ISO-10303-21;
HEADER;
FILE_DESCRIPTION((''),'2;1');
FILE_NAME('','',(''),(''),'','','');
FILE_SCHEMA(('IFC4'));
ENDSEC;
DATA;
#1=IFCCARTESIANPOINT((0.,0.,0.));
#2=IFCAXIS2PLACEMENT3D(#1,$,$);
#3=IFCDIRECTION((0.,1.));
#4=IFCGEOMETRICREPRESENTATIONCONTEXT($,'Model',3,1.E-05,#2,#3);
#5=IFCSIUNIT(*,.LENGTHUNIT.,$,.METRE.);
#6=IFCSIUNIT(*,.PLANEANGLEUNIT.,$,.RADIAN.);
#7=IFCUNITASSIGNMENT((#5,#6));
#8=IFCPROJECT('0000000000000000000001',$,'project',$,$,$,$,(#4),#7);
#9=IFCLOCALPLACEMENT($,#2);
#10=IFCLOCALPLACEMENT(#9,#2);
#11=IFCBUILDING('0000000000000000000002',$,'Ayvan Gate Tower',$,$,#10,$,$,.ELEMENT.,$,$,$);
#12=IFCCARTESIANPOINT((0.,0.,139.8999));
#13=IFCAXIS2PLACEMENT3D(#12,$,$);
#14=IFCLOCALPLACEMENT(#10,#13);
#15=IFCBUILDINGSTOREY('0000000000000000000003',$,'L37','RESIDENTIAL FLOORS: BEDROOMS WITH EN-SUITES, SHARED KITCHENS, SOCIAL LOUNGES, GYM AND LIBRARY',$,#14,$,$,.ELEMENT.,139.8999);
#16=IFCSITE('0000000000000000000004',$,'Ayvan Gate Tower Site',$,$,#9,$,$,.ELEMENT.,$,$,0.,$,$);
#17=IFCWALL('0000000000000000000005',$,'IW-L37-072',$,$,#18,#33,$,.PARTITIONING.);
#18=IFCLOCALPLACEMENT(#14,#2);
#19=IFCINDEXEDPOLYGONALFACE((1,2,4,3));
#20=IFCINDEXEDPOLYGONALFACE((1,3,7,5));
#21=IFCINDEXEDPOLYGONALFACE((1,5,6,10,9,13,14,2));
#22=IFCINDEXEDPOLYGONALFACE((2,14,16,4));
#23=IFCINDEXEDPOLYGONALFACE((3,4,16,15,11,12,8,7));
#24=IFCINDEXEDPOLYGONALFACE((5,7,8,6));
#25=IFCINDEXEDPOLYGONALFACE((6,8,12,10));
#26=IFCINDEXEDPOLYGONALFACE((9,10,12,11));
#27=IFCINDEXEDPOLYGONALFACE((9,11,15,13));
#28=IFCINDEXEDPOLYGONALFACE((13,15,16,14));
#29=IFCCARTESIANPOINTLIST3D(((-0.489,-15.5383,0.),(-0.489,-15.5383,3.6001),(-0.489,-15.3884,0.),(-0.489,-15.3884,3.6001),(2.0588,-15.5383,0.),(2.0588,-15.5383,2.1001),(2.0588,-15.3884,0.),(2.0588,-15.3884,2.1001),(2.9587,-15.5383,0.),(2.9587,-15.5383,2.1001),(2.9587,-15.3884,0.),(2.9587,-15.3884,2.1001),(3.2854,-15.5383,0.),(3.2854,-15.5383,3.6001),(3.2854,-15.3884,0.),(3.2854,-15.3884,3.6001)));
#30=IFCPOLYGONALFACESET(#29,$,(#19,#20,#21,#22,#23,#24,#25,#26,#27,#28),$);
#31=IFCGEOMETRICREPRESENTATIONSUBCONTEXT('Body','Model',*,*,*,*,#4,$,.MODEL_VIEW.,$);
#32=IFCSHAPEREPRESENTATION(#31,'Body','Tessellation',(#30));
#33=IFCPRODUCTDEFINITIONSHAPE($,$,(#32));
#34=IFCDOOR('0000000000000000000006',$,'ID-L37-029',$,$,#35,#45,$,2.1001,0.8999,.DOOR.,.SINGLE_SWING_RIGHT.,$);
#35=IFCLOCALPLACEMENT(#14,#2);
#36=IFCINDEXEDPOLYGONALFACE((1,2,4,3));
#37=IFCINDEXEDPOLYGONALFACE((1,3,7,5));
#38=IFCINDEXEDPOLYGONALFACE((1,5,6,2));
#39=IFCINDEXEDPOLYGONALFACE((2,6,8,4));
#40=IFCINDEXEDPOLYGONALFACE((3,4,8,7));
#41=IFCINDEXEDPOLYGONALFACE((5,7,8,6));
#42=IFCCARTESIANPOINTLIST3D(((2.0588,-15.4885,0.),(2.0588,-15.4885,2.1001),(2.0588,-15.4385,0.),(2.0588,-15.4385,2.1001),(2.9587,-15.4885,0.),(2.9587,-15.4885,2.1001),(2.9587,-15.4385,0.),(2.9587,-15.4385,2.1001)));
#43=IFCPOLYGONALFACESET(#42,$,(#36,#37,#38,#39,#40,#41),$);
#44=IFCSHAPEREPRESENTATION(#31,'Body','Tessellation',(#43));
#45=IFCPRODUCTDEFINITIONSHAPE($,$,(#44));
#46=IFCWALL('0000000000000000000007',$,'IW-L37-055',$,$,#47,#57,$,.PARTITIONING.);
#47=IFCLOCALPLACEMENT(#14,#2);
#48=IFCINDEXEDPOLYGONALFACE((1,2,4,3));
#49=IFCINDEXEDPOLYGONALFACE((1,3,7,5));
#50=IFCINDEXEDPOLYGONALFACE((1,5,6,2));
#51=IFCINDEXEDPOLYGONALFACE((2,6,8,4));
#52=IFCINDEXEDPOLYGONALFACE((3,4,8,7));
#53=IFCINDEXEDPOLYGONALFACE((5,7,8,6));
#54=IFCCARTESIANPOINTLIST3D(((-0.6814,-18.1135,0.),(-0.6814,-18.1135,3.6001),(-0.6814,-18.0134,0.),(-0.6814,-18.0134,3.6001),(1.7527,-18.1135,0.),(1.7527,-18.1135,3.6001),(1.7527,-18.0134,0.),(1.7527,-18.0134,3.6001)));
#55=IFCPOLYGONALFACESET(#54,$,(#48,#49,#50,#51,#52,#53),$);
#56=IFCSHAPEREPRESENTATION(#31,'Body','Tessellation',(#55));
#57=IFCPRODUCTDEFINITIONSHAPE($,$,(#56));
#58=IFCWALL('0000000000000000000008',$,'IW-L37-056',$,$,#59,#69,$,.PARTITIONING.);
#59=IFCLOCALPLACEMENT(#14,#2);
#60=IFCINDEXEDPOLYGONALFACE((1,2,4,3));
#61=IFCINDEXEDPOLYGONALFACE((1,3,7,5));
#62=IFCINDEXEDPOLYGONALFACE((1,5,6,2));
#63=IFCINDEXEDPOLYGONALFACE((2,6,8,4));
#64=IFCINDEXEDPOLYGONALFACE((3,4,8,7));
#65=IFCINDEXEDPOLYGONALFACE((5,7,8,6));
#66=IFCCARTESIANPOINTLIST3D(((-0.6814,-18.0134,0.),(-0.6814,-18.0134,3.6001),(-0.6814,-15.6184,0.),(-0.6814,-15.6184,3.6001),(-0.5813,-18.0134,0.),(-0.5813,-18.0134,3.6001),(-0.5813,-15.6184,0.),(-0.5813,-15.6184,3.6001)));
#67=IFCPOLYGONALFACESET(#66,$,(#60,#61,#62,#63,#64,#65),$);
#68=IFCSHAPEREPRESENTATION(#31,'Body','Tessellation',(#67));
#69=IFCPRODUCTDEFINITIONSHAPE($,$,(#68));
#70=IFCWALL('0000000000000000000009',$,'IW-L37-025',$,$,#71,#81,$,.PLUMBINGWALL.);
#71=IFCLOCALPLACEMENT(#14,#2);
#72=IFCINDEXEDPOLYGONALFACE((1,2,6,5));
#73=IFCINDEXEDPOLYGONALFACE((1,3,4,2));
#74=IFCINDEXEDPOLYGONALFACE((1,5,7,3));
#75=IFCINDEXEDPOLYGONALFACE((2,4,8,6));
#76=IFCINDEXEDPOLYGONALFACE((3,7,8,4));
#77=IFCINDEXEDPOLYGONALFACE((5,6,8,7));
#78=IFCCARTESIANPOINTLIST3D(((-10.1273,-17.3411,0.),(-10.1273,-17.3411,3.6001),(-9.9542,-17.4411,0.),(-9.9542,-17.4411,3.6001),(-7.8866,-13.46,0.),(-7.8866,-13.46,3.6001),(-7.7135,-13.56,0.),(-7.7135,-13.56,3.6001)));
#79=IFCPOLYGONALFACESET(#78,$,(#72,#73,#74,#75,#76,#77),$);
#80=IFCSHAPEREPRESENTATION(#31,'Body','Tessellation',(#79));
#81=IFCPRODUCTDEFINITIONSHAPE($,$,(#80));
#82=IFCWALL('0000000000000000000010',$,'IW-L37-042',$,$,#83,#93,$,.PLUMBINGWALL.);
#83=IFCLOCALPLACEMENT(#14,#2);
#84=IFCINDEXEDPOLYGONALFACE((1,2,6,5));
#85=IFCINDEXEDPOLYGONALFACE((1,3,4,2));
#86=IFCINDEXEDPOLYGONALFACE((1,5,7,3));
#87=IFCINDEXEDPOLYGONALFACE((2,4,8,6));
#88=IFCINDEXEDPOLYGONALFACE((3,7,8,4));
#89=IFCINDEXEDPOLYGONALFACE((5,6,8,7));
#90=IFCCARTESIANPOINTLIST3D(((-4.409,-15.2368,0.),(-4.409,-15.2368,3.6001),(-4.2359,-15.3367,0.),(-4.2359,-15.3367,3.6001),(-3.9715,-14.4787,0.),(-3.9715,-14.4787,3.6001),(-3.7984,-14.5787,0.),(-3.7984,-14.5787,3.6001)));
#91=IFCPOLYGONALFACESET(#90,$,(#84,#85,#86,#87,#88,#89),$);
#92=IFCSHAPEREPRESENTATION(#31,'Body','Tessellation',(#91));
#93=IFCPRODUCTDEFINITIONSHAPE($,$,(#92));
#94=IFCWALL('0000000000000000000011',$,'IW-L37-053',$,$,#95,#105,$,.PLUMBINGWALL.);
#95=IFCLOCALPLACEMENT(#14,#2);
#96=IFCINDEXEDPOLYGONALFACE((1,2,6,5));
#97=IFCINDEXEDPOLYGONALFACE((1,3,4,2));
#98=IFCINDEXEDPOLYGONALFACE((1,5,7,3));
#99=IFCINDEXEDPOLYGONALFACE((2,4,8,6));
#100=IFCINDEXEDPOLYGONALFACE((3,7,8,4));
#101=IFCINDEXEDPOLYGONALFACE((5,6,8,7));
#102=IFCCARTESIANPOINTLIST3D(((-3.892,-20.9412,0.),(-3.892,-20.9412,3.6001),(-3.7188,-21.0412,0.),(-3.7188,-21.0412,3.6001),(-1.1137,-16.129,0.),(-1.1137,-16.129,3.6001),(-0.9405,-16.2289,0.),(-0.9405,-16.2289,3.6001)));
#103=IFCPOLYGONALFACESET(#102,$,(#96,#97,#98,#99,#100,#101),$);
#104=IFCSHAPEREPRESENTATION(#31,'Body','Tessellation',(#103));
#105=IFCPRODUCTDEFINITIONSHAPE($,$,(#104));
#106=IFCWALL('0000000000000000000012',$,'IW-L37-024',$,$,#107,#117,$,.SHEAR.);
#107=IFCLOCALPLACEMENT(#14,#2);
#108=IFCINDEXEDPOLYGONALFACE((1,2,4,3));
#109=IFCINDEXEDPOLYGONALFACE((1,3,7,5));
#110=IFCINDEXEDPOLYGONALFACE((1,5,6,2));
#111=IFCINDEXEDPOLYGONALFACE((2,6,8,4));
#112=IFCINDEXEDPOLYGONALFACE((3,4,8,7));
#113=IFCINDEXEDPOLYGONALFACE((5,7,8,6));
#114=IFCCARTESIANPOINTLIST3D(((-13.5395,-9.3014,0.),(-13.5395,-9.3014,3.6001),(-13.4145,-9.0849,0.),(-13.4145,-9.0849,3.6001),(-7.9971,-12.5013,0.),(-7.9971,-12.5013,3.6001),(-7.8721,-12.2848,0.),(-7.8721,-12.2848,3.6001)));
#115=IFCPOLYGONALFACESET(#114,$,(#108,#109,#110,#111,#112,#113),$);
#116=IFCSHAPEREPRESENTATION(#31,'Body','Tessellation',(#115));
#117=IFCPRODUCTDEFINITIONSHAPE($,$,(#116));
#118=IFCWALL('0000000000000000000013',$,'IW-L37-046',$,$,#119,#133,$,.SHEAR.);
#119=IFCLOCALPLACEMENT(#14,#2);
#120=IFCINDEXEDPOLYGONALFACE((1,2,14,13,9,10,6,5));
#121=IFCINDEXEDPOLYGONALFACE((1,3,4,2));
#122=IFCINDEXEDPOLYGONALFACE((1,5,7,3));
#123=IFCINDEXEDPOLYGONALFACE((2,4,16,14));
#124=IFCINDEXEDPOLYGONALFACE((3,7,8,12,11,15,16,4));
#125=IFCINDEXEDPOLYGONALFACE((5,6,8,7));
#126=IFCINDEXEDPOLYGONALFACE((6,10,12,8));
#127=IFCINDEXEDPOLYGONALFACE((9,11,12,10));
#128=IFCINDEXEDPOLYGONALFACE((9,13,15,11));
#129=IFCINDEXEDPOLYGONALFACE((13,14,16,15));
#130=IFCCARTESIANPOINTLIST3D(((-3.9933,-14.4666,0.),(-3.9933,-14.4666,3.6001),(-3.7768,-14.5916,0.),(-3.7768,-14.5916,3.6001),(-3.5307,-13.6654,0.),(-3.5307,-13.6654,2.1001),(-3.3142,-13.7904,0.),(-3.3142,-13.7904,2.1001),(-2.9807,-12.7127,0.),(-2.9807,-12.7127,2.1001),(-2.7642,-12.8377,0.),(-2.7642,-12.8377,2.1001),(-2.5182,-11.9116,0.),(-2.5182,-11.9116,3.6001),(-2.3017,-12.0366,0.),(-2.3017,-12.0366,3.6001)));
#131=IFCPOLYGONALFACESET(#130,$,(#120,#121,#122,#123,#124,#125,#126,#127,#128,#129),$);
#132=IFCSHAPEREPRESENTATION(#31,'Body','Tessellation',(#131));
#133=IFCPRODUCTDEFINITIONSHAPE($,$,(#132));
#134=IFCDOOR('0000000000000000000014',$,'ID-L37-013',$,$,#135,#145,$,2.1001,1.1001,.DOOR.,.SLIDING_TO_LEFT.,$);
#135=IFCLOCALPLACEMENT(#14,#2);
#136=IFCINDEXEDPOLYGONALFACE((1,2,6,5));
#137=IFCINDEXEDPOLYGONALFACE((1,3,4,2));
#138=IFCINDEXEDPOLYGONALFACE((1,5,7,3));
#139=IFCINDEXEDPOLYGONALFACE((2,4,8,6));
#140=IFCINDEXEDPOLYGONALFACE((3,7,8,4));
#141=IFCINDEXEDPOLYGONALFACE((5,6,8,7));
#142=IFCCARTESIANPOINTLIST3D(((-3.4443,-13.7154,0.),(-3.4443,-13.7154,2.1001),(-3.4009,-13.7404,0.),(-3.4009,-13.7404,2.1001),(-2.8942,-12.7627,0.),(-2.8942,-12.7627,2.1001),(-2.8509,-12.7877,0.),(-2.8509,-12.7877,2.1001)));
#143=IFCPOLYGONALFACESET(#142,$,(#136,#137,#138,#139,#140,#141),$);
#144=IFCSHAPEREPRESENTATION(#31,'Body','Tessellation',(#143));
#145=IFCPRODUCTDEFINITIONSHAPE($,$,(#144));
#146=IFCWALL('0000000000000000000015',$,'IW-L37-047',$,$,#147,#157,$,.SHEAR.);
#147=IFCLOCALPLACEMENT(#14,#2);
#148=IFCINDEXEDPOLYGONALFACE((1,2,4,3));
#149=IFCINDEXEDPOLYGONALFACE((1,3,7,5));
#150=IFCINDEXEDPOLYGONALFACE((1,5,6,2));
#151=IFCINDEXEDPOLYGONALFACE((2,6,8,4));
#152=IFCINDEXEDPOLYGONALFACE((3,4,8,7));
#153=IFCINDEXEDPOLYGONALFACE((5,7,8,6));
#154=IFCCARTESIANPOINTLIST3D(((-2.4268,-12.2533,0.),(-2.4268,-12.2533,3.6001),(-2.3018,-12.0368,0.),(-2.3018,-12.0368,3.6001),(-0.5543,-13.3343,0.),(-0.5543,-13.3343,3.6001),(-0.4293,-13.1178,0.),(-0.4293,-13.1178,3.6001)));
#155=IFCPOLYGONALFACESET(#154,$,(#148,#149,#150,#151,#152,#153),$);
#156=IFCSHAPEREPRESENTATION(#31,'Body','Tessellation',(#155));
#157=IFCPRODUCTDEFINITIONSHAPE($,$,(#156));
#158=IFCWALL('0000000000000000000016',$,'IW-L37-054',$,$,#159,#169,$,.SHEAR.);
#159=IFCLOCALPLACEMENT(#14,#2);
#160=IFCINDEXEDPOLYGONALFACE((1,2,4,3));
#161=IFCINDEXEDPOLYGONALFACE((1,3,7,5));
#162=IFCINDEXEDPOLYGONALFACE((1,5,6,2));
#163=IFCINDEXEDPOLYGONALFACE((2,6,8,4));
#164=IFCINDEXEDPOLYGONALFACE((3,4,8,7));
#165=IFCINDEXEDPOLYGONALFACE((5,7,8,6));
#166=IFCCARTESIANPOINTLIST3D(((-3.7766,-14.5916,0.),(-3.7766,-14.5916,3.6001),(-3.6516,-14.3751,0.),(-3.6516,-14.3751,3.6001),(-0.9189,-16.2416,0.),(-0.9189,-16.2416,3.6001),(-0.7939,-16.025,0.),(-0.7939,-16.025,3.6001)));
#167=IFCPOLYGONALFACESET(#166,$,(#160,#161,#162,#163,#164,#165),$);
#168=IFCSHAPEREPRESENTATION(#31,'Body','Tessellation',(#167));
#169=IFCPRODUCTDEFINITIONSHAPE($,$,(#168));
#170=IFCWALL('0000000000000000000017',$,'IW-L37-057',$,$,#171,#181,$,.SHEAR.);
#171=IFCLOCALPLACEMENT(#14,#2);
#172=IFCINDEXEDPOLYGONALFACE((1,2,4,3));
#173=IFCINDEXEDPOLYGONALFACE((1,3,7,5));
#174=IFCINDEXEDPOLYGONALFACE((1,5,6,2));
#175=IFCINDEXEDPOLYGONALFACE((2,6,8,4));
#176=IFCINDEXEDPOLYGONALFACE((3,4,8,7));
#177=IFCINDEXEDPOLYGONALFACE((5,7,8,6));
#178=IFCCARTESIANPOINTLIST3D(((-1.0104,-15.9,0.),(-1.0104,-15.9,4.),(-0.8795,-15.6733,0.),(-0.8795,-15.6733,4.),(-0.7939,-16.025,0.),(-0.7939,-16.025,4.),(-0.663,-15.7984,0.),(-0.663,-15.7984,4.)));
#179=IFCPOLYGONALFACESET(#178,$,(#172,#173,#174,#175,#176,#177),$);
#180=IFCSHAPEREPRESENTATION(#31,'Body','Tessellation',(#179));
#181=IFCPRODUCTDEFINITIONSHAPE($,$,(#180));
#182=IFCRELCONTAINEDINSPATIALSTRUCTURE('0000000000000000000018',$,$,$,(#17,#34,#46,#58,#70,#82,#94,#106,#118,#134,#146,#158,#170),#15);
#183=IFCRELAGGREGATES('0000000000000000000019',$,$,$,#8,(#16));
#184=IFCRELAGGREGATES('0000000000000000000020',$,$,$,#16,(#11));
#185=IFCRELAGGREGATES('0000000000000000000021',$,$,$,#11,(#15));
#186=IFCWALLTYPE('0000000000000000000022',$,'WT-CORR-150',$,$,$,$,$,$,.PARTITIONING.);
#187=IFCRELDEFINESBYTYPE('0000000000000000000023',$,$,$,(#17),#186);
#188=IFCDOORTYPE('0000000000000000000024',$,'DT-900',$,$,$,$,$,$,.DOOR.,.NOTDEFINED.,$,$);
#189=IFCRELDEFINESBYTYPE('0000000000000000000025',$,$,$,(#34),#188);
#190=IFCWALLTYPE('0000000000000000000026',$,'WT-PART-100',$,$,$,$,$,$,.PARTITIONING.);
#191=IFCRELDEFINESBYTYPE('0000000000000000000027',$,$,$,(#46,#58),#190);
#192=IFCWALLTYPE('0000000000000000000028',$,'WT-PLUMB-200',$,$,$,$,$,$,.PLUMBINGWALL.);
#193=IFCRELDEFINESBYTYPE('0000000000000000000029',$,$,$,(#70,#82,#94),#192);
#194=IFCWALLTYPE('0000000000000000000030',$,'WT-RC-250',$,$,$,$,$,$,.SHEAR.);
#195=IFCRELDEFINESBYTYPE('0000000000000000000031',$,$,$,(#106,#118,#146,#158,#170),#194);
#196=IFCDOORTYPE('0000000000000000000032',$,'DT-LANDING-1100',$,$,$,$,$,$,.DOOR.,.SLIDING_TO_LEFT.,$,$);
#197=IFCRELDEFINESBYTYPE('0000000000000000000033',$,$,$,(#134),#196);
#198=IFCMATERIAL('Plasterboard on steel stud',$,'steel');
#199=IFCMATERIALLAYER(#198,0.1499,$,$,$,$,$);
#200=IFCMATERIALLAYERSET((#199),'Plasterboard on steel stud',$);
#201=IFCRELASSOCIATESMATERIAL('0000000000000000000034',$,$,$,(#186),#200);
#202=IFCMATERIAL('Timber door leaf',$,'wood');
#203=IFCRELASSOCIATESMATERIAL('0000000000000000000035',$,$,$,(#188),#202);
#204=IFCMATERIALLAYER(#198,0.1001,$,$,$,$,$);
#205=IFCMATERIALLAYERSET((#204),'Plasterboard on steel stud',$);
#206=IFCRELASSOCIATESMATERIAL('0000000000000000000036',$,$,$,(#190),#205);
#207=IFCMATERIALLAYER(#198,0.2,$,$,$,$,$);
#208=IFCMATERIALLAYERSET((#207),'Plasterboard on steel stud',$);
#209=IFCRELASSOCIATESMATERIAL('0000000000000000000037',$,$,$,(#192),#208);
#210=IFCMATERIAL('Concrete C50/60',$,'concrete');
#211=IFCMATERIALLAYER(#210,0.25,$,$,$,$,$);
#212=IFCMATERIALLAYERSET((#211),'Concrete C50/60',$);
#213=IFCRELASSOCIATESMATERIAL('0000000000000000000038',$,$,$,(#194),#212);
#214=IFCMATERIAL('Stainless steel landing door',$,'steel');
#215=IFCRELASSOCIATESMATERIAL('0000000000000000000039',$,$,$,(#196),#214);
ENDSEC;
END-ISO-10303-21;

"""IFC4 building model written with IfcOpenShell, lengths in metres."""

from ifc_helpers import new_model, si_unit, direction, frame, frame_2d, origin, place, context, subcontext, project, spatial, rectangle, extrude, material, layer, layer_set, type_object, element, fill, save


model = new_model("IFC4")

# Units and contexts
model_context = context("Model", 3, precision=1e-05, world=origin(), true_north=direction((0.0, 1.0)))
body_context = subcontext(model_context, "Body", "Model", "MODEL_VIEW")
ifc_project = project(units=[si_unit("LENGTHUNIT", "METRE"), si_unit("PLANEANGLEUNIT", "RADIAN")], contexts=[model_context])

# Site, building, storey
site_placement = place(None, origin())
site = spatial("IfcSite", under=ifc_project, at=site_placement, Name="Ayvan Gate Tower Site", CompositionType="ELEMENT", RefElevation=0.0)
building_placement = place(site_placement, origin())
building = spatial("IfcBuilding", under=site, at=building_placement, Name="Ayvan Gate Tower", CompositionType="ELEMENT")
storey_placement = place(building_placement, frame((0.0, 0.0, 139.8999)))
storey = spatial("IfcBuildingStorey", under=building, at=storey_placement, Name="L37", Description="RESIDENTIAL FLOORS: BEDROOMS WITH EN-SUITES, SHARED KITCHENS, SOCIAL LOUNGES, GYM AND LIBRARY", CompositionType="ELEMENT", Elevation=139.8999)

# Wall, opening, door
ifc_material_1 = material(Name="Plasterboard on steel stud", Category="steel")
ifc_layer_1 = layer(ifc_material_1, 0.1499)
ifc_layer_set_1 = layer_set([ifc_layer_1], Name="Plasterboard on steel stud")
wall_type_1 = type_object("IfcWallType", Name="WT-CORR-150", PredefinedType="PARTITIONING", material=ifc_layer_set_1)
wall_1_placement = place(storey_placement, frame((-0.489, -15.4634, 0.0), z_axis=(0.0, 0.0, 1.0), x_axis=(1.0, 0.0, 0.0)))
wall_1 = element("IfcWall", 1, at=wall_1_placement, inside=storey, type_object=wall_type_1, Name="IW-L37-072", PredefinedType="PARTITIONING", context=body_context, shape_type="SweptSolid", body=[
    extrude(rectangle(XDim=3.7744, YDim=0.1499, at=frame_2d((1.8872, 0.0))), origin(), (0.0, 0.0, 1.0), 3.6001),
])
opening_1_placement = place(wall_1_placement, frame((2.5479, 0.0, 0.0)))
opening_1 = element("IfcOpeningElement", 2, at=opening_1_placement, cuts=wall_1, PredefinedType="OPENING", context=body_context, shape_type="SweptSolid", body=[
    extrude(rectangle(XDim=0.8999, YDim=2.1001, at=frame_2d((0.45, 1.05))), frame((0.0, 0.085, 0.0), z_axis=(0.0, -1.0, 0.0), x_axis=(1.0, 0.0, 0.0)), (0.0, 0.0, 1.0), 0.1699),
])
ifc_material_2 = material(Name="Timber door leaf", Category="wood")
door_type_1 = type_object("IfcDoorType", Name="DT-900", OperationType="NOTDEFINED", PredefinedType="DOOR", material=ifc_material_2)
door_1_placement = place(opening_1_placement, origin())
door_1 = element("IfcDoor", 3, at=door_1_placement, inside=storey, type_object=door_type_1, Name="ID-L37-029", OperationType="SINGLE_SWING_RIGHT", OverallHeight=2.1001, OverallWidth=0.8999, PredefinedType="DOOR", context=body_context, shape_type="SweptSolid", body=[
    extrude(rectangle(XDim=0.8999, YDim=2.1001, at=frame_2d((0.45, 1.05))), frame((0.0, 0.0249, 0.0), z_axis=(0.0, -1.0, 0.0), x_axis=(1.0, 0.0, 0.0)), (0.0, 0.0, 1.0), 0.05),
])
fill(opening_1, door_1)

# Walls
ifc_layer_2 = layer(ifc_material_1, 0.1001)
ifc_layer_set_2 = layer_set([ifc_layer_2], Name="Plasterboard on steel stud")
wall_type_2 = type_object("IfcWallType", Name="WT-PART-100", PredefinedType="PARTITIONING", material=ifc_layer_set_2)
wall_2_placement = place(storey_placement, frame((-0.6814, -18.0635, 0.0), z_axis=(0.0, 0.0, 1.0), x_axis=(1.0, 0.0, 0.0)))
element("IfcWall", 4, at=wall_2_placement, inside=storey, type_object=wall_type_2, Name="IW-L37-055", PredefinedType="PARTITIONING", context=body_context, shape_type="SweptSolid", body=[
    extrude(rectangle(XDim=2.4341, YDim=0.1001, at=frame_2d((1.217, 0.0))), origin(), (0.0, 0.0, 1.0), 3.6001),
])
wall_3_placement = place(storey_placement, frame((-0.6313, -15.6184, 0.0), z_axis=(0.0, 0.0, 1.0), x_axis=(0.0, -1.0, 0.0)))
element("IfcWall", 5, at=wall_3_placement, inside=storey, type_object=wall_type_2, Name="IW-L37-056", PredefinedType="PARTITIONING", context=body_context, shape_type="SweptSolid", body=[
    extrude(rectangle(XDim=2.395, YDim=0.1001, at=frame_2d((1.1975, 0.0))), origin(), (0.0, 0.0, 1.0), 3.6001),
])
ifc_layer_3 = layer(ifc_material_1, 0.2)
ifc_layer_set_3 = layer_set([ifc_layer_3], Name="Plasterboard on steel stud")
wall_type_3 = type_object("IfcWallType", Name="WT-PLUMB-200", PredefinedType="PLUMBINGWALL", material=ifc_layer_set_3)
wall_4_placement = place(storey_placement, frame((-7.8, -13.51, 0.0), z_axis=(0.0, 0.0, 1.0), x_axis=(-0.499994, -0.866029, 0.0)))
element("IfcWall", 6, at=wall_4_placement, inside=storey, type_object=wall_type_3, Name="IW-L37-025", PredefinedType="PLUMBINGWALL", context=body_context, shape_type="SweptSolid", body=[
    extrude(rectangle(XDim=4.4814, YDim=0.2, at=frame_2d((2.2407, 0.0))), origin(), (0.0, 0.0, 1.0), 3.6001),
])
wall_5_placement = place(storey_placement, frame((-3.885, -14.5288, 0.0), z_axis=(0.0, 0.0, 1.0), x_axis=(-0.499859, -0.866107, 0.0)))
element("IfcWall", 7, at=wall_5_placement, inside=storey, type_object=wall_type_3, Name="IW-L37-042", PredefinedType="PLUMBINGWALL", context=body_context, shape_type="SweptSolid", body=[
    extrude(rectangle(XDim=0.8752, YDim=0.2, at=frame_2d((0.4375, 0.0))), origin(), (0.0, 0.0, 1.0), 3.6001),
])
wall_6_placement = place(storey_placement, frame((-1.0271, -16.179, 0.0), z_axis=(0.0, 0.0, 1.0), x_axis=(-0.499995, -0.866028, 0.0)))
element("IfcWall", 8, at=wall_6_placement, inside=storey, type_object=wall_type_3, Name="IW-L37-053", PredefinedType="PLUMBINGWALL", context=body_context, shape_type="SweptSolid", body=[
    extrude(rectangle(XDim=5.5566, YDim=0.2, at=frame_2d((2.7783, 0.0))), origin(), (0.0, 0.0, 1.0), 3.6001),
])
ifc_material_3 = material(Name="Concrete C50/60", Category="concrete")
ifc_layer_4 = layer(ifc_material_3, 0.25)
ifc_layer_set_4 = layer_set([ifc_layer_4], Name="Concrete C50/60")
wall_type_4 = type_object("IfcWallType", Name="WT-RC-250", PredefinedType="SHEAR", material=ifc_layer_set_4)
wall_7_placement = place(storey_placement, frame((-7.9346, -12.3931, 0.0), z_axis=(0.0, 0.0, 1.0), x_axis=(-0.866025, 0.5, 0.0)))
element("IfcWall", 9, at=wall_7_placement, inside=storey, type_object=wall_type_4, Name="IW-L37-024", PredefinedType="SHEAR", context=body_context, shape_type="SweptSolid", body=[
    extrude(rectangle(XDim=6.3999, YDim=0.25, at=frame_2d((3.2, 0.0))), origin(), (0.0, 0.0, 1.0), 3.6001),
])

# Wall, opening, door
wall_8_placement = place(storey_placement, frame((-2.4099, -11.9741, 0.0), z_axis=(0.0, 0.0, 1.0), x_axis=(-0.500002, -0.866024, 0.0)))
wall_8 = element("IfcWall", 10, at=wall_8_placement, inside=storey, type_object=wall_type_4, Name="IW-L37-046", PredefinedType="SHEAR", context=body_context, shape_type="SweptSolid", body=[
    extrude(rectangle(XDim=2.9502, YDim=0.25, at=frame_2d((1.4751, 0.0))), origin(), (0.0, 0.0, 1.0), 3.6001),
])
opening_2_placement = place(wall_8_placement, frame((0.925, 0.0, 0.0)))
opening_2 = element("IfcOpeningElement", 11, at=opening_2_placement, cuts=wall_8, PredefinedType="OPENING", context=body_context, shape_type="SweptSolid", body=[
    extrude(rectangle(XDim=1.1001, YDim=2.1001, at=frame_2d((0.55, 1.05))), frame((0.0, 0.135, 0.0), z_axis=(0.0, -1.0, 0.0), x_axis=(1.0, 0.0, 0.0)), (0.0, 0.0, 1.0), 0.27),
])
ifc_material_4 = material(Name="Stainless steel landing door", Category="steel")
door_type_2 = type_object("IfcDoorType", Name="DT-LANDING-1100", OperationType="SLIDING_TO_LEFT", PredefinedType="DOOR", material=ifc_material_4)
door_2_placement = place(opening_2_placement, origin())
door_2 = element("IfcDoor", 12, at=door_2_placement, inside=storey, type_object=door_type_2, Name="ID-L37-013", OperationType="SLIDING_TO_LEFT", OverallHeight=2.1001, OverallWidth=1.1001, PredefinedType="DOOR", context=body_context, shape_type="SweptSolid", body=[
    extrude(rectangle(XDim=1.1001, YDim=2.1001, at=frame_2d((0.55, 1.05))), frame((0.0, 0.0249, 0.0), z_axis=(0.0, -1.0, 0.0), x_axis=(1.0, 0.0, 0.0)), (0.0, 0.0, 1.0), 0.05),
])
fill(opening_2, door_2)

# Walls
wall_9_placement = place(storey_placement, frame((-2.3643, -12.145, 0.0), z_axis=(0.0, 0.0, 1.0), x_axis=(0.866039, -0.499977, 0.0)))
element("IfcWall", 13, at=wall_9_placement, inside=storey, type_object=wall_type_4, Name="IW-L37-047", PredefinedType="SHEAR", context=body_context, shape_type="SweptSolid", body=[
    extrude(rectangle(XDim=2.1621, YDim=0.25, at=frame_2d((1.0811, 0.0))), origin(), (0.0, 0.0, 1.0), 3.6001),
])
wall_10_placement = place(storey_placement, frame((-0.8564, -16.1333, 0.0), z_axis=(0.0, 0.0, 1.0), x_axis=(-0.866022, 0.500006, 0.0)))
element("IfcWall", 14, at=wall_10_placement, inside=storey, type_object=wall_type_4, Name="IW-L37-054", PredefinedType="SHEAR", context=body_context, shape_type="SweptSolid", body=[
    extrude(rectangle(XDim=3.2998, YDim=0.25, at=frame_2d((1.6499, 0.0))), origin(), (0.0, 0.0, 1.0), 3.6001),
])
wall_11_placement = place(storey_placement, frame((-0.7712, -15.7358, 0.0), z_axis=(0.0, 0.0, 1.0), x_axis=(-0.500153, -0.865937, 0.0)))
element("IfcWall", 15, at=wall_11_placement, inside=storey, type_object=wall_type_4, Name="IW-L37-057", PredefinedType="SHEAR", context=body_context, shape_type="SweptSolid", body=[
    extrude(rectangle(XDim=0.2617, YDim=0.25, at=frame_2d((0.1309, 0.0))), origin(), (0.0, 0.0, 1.0), 4.0),
])

save(model, "model.ifc")
